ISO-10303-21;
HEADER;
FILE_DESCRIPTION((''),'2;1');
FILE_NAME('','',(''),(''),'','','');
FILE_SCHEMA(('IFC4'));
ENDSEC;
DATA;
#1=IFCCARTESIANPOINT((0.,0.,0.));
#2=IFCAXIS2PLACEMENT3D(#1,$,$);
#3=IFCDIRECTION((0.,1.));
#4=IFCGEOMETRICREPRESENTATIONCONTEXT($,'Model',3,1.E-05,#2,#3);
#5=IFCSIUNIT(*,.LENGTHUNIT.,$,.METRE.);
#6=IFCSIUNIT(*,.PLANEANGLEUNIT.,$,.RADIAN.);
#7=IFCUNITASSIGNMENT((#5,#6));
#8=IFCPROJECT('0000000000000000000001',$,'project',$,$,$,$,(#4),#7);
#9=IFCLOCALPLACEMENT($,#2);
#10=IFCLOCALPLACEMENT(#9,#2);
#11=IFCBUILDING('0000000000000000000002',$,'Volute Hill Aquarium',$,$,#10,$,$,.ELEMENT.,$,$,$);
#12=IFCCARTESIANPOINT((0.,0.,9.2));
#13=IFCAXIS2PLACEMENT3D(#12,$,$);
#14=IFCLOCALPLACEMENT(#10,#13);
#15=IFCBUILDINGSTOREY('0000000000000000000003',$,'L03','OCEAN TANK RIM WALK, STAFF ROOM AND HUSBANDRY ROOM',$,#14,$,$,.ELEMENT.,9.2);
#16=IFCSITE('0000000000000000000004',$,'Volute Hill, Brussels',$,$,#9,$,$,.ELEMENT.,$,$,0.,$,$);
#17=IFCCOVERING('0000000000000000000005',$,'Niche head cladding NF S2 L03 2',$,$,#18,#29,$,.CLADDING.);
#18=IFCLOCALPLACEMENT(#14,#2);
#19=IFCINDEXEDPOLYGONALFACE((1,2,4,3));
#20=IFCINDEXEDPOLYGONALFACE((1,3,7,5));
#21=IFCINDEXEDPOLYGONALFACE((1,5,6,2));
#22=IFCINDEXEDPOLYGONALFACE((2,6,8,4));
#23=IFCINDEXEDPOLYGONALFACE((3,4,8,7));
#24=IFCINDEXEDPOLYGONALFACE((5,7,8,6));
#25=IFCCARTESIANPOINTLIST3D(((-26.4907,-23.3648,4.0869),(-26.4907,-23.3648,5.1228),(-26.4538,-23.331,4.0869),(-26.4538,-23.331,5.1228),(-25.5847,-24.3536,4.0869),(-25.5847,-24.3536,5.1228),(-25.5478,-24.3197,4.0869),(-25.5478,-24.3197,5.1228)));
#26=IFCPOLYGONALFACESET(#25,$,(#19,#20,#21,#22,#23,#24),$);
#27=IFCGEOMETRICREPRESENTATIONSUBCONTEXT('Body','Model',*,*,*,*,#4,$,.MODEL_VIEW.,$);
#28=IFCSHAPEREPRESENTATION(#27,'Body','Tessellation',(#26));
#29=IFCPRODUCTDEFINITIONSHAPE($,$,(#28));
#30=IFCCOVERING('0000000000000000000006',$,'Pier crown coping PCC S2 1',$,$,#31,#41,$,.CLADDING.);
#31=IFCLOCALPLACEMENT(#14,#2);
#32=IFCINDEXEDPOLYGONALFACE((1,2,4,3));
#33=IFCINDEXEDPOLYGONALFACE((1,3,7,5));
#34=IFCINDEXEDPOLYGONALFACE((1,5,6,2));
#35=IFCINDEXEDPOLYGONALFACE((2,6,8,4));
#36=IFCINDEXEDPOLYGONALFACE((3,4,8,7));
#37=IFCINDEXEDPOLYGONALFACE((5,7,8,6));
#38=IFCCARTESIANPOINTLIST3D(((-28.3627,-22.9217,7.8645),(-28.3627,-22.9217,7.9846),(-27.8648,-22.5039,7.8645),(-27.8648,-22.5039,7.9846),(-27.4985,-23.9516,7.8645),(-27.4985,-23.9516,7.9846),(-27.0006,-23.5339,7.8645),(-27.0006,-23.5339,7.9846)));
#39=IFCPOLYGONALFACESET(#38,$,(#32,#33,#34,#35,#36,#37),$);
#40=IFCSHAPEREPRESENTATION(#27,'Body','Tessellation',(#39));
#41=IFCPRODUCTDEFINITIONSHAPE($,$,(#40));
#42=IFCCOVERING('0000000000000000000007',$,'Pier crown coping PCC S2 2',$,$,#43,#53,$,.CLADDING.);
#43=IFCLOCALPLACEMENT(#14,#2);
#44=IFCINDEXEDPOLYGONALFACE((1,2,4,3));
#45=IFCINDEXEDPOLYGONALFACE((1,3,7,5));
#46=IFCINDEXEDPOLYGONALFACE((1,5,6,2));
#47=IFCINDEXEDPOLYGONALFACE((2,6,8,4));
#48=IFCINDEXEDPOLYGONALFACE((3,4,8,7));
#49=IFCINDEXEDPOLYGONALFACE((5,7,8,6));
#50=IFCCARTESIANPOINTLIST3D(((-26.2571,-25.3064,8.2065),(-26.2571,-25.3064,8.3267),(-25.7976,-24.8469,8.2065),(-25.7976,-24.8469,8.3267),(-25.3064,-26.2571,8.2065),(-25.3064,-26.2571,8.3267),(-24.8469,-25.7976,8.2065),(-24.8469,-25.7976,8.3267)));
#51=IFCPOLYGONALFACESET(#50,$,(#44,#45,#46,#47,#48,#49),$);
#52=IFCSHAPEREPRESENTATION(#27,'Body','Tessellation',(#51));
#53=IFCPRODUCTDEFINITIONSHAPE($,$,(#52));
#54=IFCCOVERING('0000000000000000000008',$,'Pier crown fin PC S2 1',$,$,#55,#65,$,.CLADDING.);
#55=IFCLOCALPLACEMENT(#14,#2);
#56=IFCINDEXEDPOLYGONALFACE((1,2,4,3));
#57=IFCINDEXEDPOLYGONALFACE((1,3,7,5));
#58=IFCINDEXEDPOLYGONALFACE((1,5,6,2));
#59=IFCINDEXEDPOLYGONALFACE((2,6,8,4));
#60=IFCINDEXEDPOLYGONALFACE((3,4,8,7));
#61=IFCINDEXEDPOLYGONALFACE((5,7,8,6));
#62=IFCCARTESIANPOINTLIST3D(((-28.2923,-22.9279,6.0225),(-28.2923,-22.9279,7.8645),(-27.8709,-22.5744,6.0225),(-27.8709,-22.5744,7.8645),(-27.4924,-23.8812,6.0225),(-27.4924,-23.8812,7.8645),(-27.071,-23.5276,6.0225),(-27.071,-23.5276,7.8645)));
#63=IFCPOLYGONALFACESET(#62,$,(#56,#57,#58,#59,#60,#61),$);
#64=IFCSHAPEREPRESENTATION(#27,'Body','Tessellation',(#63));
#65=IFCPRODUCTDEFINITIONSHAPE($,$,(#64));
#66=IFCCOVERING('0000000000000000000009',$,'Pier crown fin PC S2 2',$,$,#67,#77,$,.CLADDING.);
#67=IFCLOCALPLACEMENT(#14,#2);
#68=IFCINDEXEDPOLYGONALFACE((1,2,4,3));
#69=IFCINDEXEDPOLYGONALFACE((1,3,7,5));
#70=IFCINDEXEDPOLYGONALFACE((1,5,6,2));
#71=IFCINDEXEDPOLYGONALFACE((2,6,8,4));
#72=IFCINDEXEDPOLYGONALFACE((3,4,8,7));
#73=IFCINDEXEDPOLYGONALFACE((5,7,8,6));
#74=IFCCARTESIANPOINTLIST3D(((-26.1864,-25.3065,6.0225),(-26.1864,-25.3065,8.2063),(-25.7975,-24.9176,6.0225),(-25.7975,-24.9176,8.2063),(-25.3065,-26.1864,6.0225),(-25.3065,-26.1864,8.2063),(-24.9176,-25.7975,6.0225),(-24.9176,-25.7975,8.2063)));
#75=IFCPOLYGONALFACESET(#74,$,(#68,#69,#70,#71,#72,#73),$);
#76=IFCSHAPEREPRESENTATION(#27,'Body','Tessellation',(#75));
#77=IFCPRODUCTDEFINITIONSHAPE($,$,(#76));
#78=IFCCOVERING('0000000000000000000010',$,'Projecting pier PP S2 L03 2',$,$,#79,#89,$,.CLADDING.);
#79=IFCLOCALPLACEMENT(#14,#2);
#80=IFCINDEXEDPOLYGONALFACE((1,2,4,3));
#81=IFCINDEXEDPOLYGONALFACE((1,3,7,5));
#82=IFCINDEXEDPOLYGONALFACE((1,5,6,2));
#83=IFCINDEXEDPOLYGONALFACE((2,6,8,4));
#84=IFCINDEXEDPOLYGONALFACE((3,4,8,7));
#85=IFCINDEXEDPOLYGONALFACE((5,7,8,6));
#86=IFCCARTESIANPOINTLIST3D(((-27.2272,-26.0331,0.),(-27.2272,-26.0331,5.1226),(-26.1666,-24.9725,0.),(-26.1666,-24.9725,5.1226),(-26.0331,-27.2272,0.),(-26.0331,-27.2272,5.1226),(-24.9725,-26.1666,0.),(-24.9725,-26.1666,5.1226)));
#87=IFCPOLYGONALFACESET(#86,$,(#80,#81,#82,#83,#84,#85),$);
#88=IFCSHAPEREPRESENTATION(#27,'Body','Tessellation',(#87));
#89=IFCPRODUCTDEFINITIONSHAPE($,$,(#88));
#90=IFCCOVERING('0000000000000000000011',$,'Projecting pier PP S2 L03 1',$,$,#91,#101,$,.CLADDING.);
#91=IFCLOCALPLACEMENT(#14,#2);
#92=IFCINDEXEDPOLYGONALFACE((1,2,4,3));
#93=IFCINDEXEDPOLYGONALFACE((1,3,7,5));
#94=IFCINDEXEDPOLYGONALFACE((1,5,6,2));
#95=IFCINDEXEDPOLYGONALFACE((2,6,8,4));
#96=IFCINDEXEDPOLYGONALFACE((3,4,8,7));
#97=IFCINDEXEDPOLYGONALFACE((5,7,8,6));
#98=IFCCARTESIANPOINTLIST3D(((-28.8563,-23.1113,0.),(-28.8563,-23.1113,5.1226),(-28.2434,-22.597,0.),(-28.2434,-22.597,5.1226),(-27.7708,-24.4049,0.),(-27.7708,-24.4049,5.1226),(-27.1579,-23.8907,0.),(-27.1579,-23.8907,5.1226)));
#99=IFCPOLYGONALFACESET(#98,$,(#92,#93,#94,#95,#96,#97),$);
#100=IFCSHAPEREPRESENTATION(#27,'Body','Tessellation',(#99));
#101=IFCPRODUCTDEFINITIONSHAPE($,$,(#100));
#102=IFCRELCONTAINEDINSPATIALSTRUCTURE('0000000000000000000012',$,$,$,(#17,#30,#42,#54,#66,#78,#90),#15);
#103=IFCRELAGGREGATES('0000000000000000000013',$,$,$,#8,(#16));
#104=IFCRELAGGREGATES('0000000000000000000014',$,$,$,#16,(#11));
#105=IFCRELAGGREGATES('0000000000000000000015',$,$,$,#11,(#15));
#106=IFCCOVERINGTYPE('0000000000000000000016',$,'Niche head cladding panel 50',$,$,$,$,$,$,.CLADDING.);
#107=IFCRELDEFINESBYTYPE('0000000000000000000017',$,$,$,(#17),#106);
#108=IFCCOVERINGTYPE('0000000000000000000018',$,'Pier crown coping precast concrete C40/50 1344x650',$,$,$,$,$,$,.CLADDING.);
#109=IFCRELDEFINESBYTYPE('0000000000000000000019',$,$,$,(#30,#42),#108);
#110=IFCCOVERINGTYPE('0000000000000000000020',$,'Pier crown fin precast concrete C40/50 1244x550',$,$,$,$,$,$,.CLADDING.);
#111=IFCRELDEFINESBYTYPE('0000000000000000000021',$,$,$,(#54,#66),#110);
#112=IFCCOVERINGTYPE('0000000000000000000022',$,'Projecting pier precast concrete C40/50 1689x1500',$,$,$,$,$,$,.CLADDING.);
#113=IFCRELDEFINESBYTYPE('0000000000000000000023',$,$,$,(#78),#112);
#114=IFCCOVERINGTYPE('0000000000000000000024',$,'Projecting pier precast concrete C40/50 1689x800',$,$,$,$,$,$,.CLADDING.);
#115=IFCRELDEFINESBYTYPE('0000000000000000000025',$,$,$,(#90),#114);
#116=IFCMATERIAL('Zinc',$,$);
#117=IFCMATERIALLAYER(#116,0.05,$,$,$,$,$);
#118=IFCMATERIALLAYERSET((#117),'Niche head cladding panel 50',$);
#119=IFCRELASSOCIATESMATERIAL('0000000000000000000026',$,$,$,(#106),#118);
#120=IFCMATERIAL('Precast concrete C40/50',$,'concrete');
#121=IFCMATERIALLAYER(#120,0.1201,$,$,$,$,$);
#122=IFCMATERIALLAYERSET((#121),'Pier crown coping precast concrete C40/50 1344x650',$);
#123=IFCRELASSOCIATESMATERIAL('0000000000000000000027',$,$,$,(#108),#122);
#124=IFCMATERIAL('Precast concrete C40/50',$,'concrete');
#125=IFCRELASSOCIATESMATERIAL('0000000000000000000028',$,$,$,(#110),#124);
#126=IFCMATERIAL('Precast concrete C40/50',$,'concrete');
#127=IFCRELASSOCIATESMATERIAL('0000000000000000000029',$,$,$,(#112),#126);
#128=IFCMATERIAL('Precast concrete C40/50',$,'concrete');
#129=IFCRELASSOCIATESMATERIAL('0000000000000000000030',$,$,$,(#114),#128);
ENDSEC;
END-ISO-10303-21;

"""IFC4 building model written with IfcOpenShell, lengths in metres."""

from ifc_helpers import new_model, si_unit, direction, frame, origin, origin_2d, place, context, subcontext, project, spatial, rectangle, extrude, material, layer, layer_set, type_object, element, save


model = new_model("IFC4")

# Units and contexts
model_context = context("Model", 3, precision=1e-05, world=origin(), true_north=direction((0.0, 1.0)))
body_context = subcontext(model_context, "Body", "Model", "MODEL_VIEW")
ifc_project = project(units=[si_unit("LENGTHUNIT", "METRE"), si_unit("PLANEANGLEUNIT", "RADIAN")], contexts=[model_context])

# Site, building, storey
site_placement = place(None, origin())
site = spatial("IfcSite", under=ifc_project, at=site_placement, Name="Volute Hill, Brussels", CompositionType="ELEMENT", RefElevation=0.0)
building_placement = place(site_placement, origin())
building = spatial("IfcBuilding", under=site, at=building_placement, Name="Volute Hill Aquarium", CompositionType="ELEMENT")
storey_placement = place(building_placement, frame((0.0, 0.0, 9.2)))
storey = spatial("IfcBuildingStorey", under=building, at=storey_placement, Name="L03", Description="OCEAN TANK RIM WALK, STAFF ROOM AND HUSBANDRY ROOM", CompositionType="ELEMENT", Elevation=9.2)

# Coverings
ifc_material_1 = material(Name="Zinc")
ifc_layer_1 = layer(ifc_material_1, 0.05)
ifc_layer_set_1 = layer_set([ifc_layer_1], Name="Niche head cladding panel 50")
covering_type_1 = type_object("IfcCoveringType", Name="Niche head cladding panel 50", PredefinedType="CLADDING", material=ifc_layer_set_1)
covering_1_placement = place(storey_placement, frame((-26.0193, -23.8423, 4.0869), z_axis=(0.0, 0.0, 1.0), x_axis=(0.675588, -0.737279, 0.0)))
element("IfcCovering", 1, at=covering_1_placement, inside=storey, type_object=covering_type_1, Name="Niche head cladding NF S2 L03 2", PredefinedType="CLADDING", context=body_context, shape_type="SweptSolid", body=[
    extrude(rectangle(XDim=1.3411, YDim=0.05, at=origin_2d()), origin(), (0.0, 0.0, 1.0), 1.0359),
])
ifc_material_2 = material(Name="Precast concrete C40/50", Category="concrete")
ifc_layer_2 = layer(ifc_material_2, 0.1201)
ifc_layer_set_2 = layer_set([ifc_layer_2], Name="Pier crown coping precast concrete C40/50 1344x650")
covering_type_2 = type_object("IfcCoveringType", Name="Pier crown coping precast concrete C40/50 1344x650", PredefinedType="CLADDING", material=ifc_layer_set_2)
for number, where, z_axis, x_axis, name in (
    (2, (-27.6816, -23.2278, 7.8645), (0.0, 0.0, 1.0), (0.642788, -0.766044, 0.0), "Pier crown coping PCC S2 1"),
    (3, (-25.552, -25.552, 8.2065), (0.0, 0.0, 1.0), (0.707107, -0.707107, 0.0), "Pier crown coping PCC S2 2"),
):
    element("IfcCovering", number, at=place(storey_placement, frame(where, z_axis=z_axis, x_axis=x_axis)), inside=storey, type_object=covering_type_2, Name=name, PredefinedType="CLADDING", context=body_context, shape_type="SweptSolid", body=[
        extrude(rectangle(XDim=1.3445, YDim=0.6499, at=origin_2d()), origin(), (0.0, 0.0, 1.0), 0.1201),
    ])
ifc_material_3 = material(Name="Precast concrete C40/50", Category="concrete")
covering_type_3 = type_object("IfcCoveringType", Name="Pier crown fin precast concrete C40/50 1244x550", PredefinedType="CLADDING", material=ifc_material_3)
covering_2_placement = place(storey_placement, frame((-27.6816, -23.2278, 6.0225), z_axis=(0.0, 0.0, 1.0), x_axis=(0.642788, -0.766044, 0.0)))
element("IfcCovering", 4, at=covering_2_placement, inside=storey, type_object=covering_type_3, Name="Pier crown fin PC S2 1", PredefinedType="CLADDING", context=body_context, shape_type="SweptSolid", body=[
    extrude(rectangle(XDim=1.2444, YDim=0.55, at=origin_2d()), origin(), (0.0, 0.0, 1.0), 1.842),
])
covering_3_placement = place(storey_placement, frame((-25.552, -25.552, 6.0225), z_axis=(0.0, 0.0, 1.0), x_axis=(0.707107, -0.707107, 0.0)))
element("IfcCovering", 5, at=covering_3_placement, inside=storey, type_object=covering_type_3, Name="Pier crown fin PC S2 2", PredefinedType="CLADDING", context=body_context, shape_type="SweptSolid", body=[
    extrude(rectangle(XDim=1.2444, YDim=0.55, at=origin_2d()), origin(), (0.0, 0.0, 1.0), 2.1838),
])
ifc_material_4 = material(Name="Precast concrete C40/50", Category="concrete")
covering_type_4 = type_object("IfcCoveringType", Name="Projecting pier precast concrete C40/50 1689x1500", PredefinedType="CLADDING", material=ifc_material_4)
covering_4_placement = place(storey_placement, frame((-26.0999, -26.0999, 0.0), z_axis=(0.0, 0.0, 1.0), x_axis=(0.707107, -0.707107, 0.0)))
element("IfcCovering", 6, at=covering_4_placement, inside=storey, type_object=covering_type_4, Name="Projecting pier PP S2 L03 2", PredefinedType="CLADDING", context=body_context, shape_type="SweptSolid", body=[
    extrude(rectangle(XDim=1.6887, YDim=1.5, at=origin_2d()), origin(), (0.0, 0.0, 1.0), 5.1226),
])
ifc_material_5 = material(Name="Precast concrete C40/50", Category="concrete")
covering_type_5 = type_object("IfcCoveringType", Name="Projecting pier precast concrete C40/50 1689x800", PredefinedType="CLADDING", material=ifc_material_5)
covering_5_placement = place(storey_placement, frame((-28.0071, -23.501, 0.0), z_axis=(0.0, 0.0, 1.0), x_axis=(0.642788, -0.766044, 0.0)))
element("IfcCovering", 7, at=covering_5_placement, inside=storey, type_object=covering_type_5, Name="Projecting pier PP S2 L03 1", PredefinedType="CLADDING", context=body_context, shape_type="SweptSolid", body=[
    extrude(rectangle(XDim=1.6887, YDim=0.8, at=origin_2d()), origin(), (0.0, 0.0, 1.0), 5.1226),
])

save(model, "model.ifc")
